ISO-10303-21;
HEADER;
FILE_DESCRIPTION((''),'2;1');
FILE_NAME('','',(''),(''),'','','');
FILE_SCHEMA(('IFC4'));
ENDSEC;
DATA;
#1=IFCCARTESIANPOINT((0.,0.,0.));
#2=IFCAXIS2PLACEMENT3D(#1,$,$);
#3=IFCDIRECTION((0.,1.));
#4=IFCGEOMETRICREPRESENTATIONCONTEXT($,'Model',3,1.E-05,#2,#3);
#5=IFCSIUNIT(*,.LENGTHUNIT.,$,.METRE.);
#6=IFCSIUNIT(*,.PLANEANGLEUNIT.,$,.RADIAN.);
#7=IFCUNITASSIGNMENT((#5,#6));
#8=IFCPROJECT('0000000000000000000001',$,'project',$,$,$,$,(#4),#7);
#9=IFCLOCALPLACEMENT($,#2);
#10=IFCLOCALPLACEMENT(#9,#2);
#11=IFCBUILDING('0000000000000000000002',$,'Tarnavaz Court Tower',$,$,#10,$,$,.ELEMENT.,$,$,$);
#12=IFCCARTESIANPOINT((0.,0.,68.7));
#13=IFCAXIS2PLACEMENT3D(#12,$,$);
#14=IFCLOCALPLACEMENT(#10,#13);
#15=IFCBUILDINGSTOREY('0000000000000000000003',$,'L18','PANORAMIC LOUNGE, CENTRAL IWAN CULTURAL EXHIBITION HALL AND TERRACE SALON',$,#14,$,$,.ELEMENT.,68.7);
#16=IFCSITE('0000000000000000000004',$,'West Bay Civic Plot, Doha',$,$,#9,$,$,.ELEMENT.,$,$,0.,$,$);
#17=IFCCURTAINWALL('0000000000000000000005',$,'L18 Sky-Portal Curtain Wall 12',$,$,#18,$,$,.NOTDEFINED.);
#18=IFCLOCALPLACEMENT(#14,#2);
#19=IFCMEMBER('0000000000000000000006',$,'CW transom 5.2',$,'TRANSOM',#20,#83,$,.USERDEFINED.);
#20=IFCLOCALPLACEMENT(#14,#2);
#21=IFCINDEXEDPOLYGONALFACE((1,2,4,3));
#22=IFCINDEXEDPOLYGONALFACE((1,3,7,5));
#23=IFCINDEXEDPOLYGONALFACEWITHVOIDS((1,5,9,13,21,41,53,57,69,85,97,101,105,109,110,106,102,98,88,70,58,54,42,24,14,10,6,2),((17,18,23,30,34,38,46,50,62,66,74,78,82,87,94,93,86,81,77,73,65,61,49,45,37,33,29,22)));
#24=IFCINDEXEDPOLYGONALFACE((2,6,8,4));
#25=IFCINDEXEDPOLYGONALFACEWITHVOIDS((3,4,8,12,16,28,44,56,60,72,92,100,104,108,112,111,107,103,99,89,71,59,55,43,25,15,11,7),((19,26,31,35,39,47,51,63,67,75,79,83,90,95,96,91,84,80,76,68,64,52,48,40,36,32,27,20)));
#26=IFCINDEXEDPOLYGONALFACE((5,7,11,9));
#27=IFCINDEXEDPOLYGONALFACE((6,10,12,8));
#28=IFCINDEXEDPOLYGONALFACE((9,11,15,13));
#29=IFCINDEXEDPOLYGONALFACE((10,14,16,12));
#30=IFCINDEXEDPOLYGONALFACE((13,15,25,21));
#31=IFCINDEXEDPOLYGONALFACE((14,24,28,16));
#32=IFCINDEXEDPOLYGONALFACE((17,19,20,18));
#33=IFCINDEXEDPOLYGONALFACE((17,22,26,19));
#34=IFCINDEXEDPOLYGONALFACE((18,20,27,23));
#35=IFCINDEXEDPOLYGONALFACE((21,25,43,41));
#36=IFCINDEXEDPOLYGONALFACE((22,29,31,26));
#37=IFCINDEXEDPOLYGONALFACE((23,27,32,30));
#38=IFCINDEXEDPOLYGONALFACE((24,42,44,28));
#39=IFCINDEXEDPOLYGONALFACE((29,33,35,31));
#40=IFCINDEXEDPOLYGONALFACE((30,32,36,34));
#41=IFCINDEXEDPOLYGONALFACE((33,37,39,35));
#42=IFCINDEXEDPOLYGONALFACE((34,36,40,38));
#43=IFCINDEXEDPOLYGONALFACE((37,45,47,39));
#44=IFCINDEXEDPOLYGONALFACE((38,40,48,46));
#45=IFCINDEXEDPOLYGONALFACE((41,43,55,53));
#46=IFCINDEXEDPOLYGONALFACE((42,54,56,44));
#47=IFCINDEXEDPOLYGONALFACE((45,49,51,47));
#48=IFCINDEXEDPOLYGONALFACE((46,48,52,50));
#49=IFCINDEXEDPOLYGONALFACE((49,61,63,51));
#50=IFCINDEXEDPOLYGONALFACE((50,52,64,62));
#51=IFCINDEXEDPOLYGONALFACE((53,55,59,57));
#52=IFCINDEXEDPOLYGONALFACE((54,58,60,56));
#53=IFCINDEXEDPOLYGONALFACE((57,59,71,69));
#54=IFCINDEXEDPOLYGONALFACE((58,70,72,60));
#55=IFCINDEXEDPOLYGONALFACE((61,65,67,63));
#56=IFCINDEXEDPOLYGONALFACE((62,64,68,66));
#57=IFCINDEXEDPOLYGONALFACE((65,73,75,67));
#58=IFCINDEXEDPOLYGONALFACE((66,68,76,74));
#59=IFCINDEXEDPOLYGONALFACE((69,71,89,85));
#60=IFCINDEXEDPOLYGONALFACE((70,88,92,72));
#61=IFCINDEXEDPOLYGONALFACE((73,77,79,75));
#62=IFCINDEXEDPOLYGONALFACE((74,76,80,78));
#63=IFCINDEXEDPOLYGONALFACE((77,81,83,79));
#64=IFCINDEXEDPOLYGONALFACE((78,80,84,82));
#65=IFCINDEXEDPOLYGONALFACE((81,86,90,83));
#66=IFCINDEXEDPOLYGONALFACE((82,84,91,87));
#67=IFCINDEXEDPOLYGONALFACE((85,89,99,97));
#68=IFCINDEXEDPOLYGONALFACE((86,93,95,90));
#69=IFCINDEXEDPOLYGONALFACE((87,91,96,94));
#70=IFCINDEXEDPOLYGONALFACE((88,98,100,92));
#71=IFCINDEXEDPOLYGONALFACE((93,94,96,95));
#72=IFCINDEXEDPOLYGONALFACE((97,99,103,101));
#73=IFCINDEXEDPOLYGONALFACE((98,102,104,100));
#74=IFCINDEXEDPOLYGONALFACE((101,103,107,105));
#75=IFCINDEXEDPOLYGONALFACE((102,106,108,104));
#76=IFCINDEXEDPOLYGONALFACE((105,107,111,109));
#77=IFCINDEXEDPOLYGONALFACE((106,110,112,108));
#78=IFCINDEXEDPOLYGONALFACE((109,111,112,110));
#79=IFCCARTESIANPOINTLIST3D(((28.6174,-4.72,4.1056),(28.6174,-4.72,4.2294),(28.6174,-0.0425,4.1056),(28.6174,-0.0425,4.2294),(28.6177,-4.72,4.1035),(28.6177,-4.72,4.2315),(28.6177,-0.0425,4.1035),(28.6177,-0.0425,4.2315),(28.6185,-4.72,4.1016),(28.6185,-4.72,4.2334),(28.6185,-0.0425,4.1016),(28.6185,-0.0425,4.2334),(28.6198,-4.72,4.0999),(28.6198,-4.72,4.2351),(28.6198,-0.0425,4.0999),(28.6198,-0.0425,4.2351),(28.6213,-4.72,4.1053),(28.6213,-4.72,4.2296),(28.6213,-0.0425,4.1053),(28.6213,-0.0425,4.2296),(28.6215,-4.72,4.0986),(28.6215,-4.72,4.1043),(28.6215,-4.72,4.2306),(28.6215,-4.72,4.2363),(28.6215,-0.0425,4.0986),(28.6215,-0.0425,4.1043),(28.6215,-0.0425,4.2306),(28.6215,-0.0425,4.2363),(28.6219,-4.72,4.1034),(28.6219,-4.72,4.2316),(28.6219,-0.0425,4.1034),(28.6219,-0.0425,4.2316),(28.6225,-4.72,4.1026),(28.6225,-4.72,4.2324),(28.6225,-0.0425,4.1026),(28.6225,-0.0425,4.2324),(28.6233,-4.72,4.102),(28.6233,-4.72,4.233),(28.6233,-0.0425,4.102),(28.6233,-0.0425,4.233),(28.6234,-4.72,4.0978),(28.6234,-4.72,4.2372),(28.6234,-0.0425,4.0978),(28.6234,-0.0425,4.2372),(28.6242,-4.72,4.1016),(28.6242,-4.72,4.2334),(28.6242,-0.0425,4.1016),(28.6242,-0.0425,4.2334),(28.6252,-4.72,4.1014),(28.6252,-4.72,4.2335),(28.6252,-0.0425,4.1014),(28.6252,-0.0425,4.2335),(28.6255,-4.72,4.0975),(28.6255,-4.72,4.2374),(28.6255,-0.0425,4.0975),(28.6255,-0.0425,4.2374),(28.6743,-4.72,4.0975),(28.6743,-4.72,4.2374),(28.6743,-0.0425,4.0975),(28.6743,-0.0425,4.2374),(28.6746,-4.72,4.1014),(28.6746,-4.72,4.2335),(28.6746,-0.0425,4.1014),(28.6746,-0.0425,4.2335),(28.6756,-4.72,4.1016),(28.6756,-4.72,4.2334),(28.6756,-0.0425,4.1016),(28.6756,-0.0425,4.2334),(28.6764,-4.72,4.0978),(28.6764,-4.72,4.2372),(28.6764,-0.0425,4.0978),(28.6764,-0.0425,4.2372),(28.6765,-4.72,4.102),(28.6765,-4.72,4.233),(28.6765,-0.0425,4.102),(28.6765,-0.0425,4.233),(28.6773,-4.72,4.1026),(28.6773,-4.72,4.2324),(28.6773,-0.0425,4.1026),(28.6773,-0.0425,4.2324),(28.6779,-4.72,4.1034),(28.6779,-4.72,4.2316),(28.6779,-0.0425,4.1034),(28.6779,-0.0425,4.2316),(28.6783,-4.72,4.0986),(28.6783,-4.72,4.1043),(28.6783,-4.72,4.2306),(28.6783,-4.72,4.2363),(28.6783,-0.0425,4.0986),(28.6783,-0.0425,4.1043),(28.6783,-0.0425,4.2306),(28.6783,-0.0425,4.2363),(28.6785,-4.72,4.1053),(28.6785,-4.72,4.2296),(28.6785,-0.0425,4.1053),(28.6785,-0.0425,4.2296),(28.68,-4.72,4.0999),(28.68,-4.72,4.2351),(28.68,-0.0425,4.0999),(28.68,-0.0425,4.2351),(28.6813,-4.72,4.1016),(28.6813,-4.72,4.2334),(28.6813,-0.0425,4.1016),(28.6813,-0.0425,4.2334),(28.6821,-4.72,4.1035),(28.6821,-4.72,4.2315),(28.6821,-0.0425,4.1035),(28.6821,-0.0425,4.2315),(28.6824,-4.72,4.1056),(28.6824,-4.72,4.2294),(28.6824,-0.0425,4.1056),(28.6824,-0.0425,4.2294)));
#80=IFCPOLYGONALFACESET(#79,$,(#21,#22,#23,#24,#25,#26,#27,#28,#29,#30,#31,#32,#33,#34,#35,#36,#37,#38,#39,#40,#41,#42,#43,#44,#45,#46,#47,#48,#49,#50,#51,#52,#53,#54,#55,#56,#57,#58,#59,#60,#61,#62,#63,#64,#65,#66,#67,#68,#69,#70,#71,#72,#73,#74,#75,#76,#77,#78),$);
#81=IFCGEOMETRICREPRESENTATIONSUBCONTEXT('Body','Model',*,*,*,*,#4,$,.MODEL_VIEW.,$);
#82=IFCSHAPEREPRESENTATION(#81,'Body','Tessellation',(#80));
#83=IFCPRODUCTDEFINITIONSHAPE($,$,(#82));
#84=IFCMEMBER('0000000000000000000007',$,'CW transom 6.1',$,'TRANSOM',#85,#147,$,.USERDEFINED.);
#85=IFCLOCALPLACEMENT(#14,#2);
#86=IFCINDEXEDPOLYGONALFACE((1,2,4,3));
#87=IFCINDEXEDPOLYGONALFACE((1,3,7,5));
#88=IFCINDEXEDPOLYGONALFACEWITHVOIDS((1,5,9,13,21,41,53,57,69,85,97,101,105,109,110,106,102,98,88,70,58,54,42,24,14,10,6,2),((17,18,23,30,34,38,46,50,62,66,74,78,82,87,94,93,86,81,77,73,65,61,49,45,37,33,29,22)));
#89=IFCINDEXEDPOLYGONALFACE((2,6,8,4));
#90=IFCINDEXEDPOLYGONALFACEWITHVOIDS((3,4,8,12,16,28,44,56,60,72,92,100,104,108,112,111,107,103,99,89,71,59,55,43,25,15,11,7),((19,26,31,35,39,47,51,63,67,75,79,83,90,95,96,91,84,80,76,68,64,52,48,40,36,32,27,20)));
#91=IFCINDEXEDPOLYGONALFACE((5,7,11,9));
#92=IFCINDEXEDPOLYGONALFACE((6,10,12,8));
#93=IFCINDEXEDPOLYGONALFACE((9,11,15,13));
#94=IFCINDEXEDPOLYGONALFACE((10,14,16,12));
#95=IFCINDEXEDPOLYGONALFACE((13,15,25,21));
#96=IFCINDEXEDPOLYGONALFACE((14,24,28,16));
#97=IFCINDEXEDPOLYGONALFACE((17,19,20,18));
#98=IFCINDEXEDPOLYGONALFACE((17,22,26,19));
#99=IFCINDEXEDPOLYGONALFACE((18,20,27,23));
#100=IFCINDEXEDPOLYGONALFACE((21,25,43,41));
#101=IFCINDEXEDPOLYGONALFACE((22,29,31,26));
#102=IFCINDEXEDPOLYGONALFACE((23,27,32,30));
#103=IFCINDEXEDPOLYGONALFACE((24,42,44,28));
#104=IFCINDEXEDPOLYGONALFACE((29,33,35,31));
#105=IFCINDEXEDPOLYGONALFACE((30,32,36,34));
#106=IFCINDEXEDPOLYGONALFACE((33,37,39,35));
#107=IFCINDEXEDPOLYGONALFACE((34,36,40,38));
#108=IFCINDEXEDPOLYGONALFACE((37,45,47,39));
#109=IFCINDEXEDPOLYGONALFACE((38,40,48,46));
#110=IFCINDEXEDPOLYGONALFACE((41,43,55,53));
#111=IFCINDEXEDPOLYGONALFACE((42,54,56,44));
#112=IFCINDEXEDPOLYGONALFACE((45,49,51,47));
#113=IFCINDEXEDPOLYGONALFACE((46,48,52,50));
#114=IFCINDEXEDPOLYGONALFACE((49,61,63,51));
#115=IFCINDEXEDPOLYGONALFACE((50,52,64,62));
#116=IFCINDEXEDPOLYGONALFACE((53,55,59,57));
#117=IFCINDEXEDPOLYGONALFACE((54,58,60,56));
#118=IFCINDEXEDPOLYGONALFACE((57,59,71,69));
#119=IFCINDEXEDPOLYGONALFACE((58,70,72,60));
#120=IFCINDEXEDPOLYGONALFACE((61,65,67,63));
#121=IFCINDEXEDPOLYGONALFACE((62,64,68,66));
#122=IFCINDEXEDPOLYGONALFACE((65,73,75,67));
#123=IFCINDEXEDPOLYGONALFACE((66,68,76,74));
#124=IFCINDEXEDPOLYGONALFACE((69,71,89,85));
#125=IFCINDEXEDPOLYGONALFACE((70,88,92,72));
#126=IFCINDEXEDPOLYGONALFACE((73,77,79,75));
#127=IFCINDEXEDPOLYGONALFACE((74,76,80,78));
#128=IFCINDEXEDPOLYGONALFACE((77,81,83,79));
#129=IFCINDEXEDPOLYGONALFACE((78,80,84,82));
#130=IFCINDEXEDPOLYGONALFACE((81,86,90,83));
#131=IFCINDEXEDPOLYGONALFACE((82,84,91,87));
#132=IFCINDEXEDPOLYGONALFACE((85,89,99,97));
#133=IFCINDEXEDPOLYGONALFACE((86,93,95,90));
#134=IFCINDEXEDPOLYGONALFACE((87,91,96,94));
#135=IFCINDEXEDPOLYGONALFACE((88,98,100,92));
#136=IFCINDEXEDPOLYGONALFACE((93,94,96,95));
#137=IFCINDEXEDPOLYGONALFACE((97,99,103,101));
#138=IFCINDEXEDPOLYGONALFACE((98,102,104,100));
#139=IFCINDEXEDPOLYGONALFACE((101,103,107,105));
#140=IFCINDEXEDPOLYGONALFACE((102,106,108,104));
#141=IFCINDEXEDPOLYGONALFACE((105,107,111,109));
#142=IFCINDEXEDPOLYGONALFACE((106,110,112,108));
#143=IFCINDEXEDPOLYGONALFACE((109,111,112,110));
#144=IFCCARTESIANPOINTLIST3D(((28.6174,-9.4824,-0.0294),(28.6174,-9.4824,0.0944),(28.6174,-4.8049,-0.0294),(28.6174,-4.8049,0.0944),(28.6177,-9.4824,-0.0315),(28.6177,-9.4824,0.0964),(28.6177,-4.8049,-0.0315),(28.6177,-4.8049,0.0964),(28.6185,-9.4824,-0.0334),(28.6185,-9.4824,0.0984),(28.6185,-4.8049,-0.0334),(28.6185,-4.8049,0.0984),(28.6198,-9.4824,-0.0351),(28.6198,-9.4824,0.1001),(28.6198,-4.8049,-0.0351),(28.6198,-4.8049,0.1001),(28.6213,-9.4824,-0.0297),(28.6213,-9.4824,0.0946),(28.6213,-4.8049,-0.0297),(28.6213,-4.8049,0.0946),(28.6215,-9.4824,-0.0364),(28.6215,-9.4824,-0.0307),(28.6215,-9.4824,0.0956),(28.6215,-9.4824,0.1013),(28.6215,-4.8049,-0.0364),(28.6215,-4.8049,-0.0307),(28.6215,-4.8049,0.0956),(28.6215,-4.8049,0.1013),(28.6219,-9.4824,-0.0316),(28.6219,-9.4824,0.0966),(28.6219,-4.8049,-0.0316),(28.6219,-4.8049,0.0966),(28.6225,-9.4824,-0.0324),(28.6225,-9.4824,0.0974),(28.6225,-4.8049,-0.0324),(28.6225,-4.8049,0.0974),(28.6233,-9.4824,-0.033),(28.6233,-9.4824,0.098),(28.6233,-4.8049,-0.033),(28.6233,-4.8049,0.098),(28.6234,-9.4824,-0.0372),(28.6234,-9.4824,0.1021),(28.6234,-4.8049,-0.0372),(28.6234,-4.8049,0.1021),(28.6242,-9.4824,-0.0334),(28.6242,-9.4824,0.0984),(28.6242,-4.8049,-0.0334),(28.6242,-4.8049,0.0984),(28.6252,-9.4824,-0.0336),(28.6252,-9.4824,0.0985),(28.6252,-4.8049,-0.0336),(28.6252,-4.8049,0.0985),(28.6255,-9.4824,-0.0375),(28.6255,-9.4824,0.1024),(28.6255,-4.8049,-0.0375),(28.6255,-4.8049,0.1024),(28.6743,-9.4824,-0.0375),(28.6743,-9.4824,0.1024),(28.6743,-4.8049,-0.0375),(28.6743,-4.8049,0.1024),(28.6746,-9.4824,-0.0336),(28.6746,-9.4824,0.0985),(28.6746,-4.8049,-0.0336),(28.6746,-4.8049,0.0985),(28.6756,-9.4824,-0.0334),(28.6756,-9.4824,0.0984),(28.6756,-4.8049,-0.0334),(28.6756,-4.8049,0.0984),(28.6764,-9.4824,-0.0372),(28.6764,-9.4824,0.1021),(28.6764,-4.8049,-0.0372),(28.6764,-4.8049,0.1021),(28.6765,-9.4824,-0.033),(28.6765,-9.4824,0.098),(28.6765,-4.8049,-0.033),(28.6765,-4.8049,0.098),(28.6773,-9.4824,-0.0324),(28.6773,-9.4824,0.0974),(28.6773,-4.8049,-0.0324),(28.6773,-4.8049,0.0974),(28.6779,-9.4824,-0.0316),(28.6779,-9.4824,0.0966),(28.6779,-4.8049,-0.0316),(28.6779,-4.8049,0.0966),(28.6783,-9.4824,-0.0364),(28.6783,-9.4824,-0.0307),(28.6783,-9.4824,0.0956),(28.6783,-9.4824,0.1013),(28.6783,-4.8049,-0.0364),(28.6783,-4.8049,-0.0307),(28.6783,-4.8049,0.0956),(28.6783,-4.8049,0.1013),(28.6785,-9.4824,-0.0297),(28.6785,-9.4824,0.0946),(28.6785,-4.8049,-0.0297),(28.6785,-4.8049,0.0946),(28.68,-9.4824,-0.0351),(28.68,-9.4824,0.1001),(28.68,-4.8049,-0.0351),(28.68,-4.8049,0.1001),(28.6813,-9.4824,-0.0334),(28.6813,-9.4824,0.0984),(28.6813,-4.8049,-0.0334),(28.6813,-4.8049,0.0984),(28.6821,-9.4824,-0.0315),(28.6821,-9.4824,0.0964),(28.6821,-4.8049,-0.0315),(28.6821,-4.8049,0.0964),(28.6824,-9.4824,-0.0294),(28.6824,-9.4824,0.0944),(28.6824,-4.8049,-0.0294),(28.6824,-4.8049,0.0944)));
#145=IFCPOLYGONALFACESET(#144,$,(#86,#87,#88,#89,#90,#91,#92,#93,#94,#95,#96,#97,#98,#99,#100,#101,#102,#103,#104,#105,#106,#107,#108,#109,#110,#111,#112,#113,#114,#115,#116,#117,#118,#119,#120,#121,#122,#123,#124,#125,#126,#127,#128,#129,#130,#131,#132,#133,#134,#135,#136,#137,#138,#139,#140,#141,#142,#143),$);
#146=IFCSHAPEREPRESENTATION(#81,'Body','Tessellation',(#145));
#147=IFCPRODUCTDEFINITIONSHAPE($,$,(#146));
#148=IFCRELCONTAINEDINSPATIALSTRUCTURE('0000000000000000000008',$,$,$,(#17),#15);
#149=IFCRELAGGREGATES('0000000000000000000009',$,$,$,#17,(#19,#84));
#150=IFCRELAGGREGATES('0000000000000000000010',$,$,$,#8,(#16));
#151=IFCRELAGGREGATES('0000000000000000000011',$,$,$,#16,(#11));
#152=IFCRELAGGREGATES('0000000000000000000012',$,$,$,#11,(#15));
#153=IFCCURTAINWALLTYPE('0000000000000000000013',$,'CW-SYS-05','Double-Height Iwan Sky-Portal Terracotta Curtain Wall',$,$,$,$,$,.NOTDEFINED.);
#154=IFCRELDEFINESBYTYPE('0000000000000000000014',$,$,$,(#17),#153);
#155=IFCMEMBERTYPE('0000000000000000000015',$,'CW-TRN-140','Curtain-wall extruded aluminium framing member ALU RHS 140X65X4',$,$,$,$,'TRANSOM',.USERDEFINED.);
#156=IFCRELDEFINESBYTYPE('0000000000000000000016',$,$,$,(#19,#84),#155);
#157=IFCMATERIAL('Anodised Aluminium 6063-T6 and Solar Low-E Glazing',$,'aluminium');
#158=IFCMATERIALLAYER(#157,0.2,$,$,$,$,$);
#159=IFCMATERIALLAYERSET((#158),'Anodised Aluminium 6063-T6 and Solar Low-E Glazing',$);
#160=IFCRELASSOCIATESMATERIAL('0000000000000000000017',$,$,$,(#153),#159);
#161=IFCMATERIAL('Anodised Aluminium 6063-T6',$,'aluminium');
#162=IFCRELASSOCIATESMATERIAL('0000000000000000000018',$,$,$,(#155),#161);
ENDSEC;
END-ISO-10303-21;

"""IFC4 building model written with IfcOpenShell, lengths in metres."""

from ifc_helpers import new_model, si_unit, direction, frame, origin, origin_2d, place, context, subcontext, project, spatial, hollow_rectangle, extrude, material, layer, layer_set, material_profile, profile_set, type_object, element, aggregate, save


model = new_model("IFC4")

# Units and contexts
model_context = context("Model", 3, precision=1e-05, world=origin(), true_north=direction((0.0, 1.0)))
body_context = subcontext(model_context, "Body", "Model", "MODEL_VIEW")
ifc_project = project(units=[si_unit("LENGTHUNIT", "METRE"), si_unit("PLANEANGLEUNIT", "RADIAN")], contexts=[model_context])

# Site, building, storey
site_placement = place(None, origin())
site = spatial("IfcSite", under=ifc_project, at=site_placement, Name="West Bay Civic Plot, Doha", CompositionType="ELEMENT", RefElevation=0.0)
building_placement = place(site_placement, origin())
building = spatial("IfcBuilding", under=site, at=building_placement, Name="Tarnavaz Court Tower", CompositionType="ELEMENT")
storey_placement = place(building_placement, frame((0.0, 0.0, 68.7)))
storey = spatial("IfcBuildingStorey", under=building, at=storey_placement, Name="L18", Description="PANORAMIC LOUNGE, CENTRAL IWAN CULTURAL EXHIBITION HALL AND TERRACE SALON", CompositionType="ELEMENT", Elevation=68.7)

# Curtain wall, members
ifc_material_1 = material(Name="Anodised Aluminium 6063-T6 and Solar Low-E Glazing", Category="aluminium")
ifc_layer_1 = layer(ifc_material_1, 0.2)
ifc_layer_set_1 = layer_set([ifc_layer_1], Name="Anodised Aluminium 6063-T6 and Solar Low-E Glazing")
curtain_wall_type = type_object("IfcCurtainWallType", Name="CW-SYS-05", Description="Double-Height Iwan Sky-Portal Terracotta Curtain Wall", PredefinedType="NOTDEFINED", material=ifc_layer_set_1)
curtain_wall_placement = place(storey_placement, origin())
curtain_wall = element("IfcCurtainWall", 1, at=curtain_wall_placement, inside=storey, type_object=curtain_wall_type, Name="L18 Sky-Portal Curtain Wall 12", PredefinedType="NOTDEFINED")
ifc_material_2 = material(Name="Anodised Aluminium 6063-T6", Category="aluminium")
ifc_material_profile_1 = material_profile(ifc_material_2, hollow_rectangle(XDim=0.0649, YDim=0.1399, WallThickness=0.0039, InnerFilletRadius=0.0039, OuterFilletRadius=0.0081, at=origin_2d()), Name="ALU RHS 140X65X4")
ifc_profile_set_1 = profile_set([ifc_material_profile_1], Name="Anodised Aluminium 6063-T6")
member_type_1 = type_object("IfcMemberType", Name="CW-TRN-140", Description="Curtain-wall extruded aluminium framing member ALU RHS 140X65X4", ElementType="TRANSOM", PredefinedType="USERDEFINED", material=ifc_profile_set_1)
member_1_placement = place(storey_placement, frame((28.6499, -0.0425, 4.1675), z_axis=(0.0, -1.0, 0.0), x_axis=(1.0, 0.0, 0.0)))
member_1 = element("IfcMember", 2, at=member_1_placement, type_object=member_type_1, Name="CW transom 5.2", ObjectType="TRANSOM", PredefinedType="USERDEFINED", context=body_context, shape_type="SweptSolid", body=[
    extrude(hollow_rectangle(XDim=0.0649, YDim=0.1399, WallThickness=0.0039, InnerFilletRadius=0.0039, OuterFilletRadius=0.0081, at=origin_2d()), origin(), (0.0, 0.0, 1.0), 4.6775),
])
member_2_placement = place(storey_placement, frame((28.6499, -4.8049, 0.0325), z_axis=(0.0, -1.0, 0.0), x_axis=(1.0, 0.0, 0.0)))
member_2 = element("IfcMember", 3, at=member_2_placement, type_object=member_type_1, Name="CW transom 6.1", ObjectType="TRANSOM", PredefinedType="USERDEFINED", context=body_context, shape_type="SweptSolid", body=[
    extrude(hollow_rectangle(XDim=0.0649, YDim=0.1399, WallThickness=0.0039, InnerFilletRadius=0.0039, OuterFilletRadius=0.0081, at=origin_2d()), origin(), (0.0, 0.0, 1.0), 4.6775),
])
aggregate(curtain_wall, [member_1, member_2])

save(model, "model.ifc")
